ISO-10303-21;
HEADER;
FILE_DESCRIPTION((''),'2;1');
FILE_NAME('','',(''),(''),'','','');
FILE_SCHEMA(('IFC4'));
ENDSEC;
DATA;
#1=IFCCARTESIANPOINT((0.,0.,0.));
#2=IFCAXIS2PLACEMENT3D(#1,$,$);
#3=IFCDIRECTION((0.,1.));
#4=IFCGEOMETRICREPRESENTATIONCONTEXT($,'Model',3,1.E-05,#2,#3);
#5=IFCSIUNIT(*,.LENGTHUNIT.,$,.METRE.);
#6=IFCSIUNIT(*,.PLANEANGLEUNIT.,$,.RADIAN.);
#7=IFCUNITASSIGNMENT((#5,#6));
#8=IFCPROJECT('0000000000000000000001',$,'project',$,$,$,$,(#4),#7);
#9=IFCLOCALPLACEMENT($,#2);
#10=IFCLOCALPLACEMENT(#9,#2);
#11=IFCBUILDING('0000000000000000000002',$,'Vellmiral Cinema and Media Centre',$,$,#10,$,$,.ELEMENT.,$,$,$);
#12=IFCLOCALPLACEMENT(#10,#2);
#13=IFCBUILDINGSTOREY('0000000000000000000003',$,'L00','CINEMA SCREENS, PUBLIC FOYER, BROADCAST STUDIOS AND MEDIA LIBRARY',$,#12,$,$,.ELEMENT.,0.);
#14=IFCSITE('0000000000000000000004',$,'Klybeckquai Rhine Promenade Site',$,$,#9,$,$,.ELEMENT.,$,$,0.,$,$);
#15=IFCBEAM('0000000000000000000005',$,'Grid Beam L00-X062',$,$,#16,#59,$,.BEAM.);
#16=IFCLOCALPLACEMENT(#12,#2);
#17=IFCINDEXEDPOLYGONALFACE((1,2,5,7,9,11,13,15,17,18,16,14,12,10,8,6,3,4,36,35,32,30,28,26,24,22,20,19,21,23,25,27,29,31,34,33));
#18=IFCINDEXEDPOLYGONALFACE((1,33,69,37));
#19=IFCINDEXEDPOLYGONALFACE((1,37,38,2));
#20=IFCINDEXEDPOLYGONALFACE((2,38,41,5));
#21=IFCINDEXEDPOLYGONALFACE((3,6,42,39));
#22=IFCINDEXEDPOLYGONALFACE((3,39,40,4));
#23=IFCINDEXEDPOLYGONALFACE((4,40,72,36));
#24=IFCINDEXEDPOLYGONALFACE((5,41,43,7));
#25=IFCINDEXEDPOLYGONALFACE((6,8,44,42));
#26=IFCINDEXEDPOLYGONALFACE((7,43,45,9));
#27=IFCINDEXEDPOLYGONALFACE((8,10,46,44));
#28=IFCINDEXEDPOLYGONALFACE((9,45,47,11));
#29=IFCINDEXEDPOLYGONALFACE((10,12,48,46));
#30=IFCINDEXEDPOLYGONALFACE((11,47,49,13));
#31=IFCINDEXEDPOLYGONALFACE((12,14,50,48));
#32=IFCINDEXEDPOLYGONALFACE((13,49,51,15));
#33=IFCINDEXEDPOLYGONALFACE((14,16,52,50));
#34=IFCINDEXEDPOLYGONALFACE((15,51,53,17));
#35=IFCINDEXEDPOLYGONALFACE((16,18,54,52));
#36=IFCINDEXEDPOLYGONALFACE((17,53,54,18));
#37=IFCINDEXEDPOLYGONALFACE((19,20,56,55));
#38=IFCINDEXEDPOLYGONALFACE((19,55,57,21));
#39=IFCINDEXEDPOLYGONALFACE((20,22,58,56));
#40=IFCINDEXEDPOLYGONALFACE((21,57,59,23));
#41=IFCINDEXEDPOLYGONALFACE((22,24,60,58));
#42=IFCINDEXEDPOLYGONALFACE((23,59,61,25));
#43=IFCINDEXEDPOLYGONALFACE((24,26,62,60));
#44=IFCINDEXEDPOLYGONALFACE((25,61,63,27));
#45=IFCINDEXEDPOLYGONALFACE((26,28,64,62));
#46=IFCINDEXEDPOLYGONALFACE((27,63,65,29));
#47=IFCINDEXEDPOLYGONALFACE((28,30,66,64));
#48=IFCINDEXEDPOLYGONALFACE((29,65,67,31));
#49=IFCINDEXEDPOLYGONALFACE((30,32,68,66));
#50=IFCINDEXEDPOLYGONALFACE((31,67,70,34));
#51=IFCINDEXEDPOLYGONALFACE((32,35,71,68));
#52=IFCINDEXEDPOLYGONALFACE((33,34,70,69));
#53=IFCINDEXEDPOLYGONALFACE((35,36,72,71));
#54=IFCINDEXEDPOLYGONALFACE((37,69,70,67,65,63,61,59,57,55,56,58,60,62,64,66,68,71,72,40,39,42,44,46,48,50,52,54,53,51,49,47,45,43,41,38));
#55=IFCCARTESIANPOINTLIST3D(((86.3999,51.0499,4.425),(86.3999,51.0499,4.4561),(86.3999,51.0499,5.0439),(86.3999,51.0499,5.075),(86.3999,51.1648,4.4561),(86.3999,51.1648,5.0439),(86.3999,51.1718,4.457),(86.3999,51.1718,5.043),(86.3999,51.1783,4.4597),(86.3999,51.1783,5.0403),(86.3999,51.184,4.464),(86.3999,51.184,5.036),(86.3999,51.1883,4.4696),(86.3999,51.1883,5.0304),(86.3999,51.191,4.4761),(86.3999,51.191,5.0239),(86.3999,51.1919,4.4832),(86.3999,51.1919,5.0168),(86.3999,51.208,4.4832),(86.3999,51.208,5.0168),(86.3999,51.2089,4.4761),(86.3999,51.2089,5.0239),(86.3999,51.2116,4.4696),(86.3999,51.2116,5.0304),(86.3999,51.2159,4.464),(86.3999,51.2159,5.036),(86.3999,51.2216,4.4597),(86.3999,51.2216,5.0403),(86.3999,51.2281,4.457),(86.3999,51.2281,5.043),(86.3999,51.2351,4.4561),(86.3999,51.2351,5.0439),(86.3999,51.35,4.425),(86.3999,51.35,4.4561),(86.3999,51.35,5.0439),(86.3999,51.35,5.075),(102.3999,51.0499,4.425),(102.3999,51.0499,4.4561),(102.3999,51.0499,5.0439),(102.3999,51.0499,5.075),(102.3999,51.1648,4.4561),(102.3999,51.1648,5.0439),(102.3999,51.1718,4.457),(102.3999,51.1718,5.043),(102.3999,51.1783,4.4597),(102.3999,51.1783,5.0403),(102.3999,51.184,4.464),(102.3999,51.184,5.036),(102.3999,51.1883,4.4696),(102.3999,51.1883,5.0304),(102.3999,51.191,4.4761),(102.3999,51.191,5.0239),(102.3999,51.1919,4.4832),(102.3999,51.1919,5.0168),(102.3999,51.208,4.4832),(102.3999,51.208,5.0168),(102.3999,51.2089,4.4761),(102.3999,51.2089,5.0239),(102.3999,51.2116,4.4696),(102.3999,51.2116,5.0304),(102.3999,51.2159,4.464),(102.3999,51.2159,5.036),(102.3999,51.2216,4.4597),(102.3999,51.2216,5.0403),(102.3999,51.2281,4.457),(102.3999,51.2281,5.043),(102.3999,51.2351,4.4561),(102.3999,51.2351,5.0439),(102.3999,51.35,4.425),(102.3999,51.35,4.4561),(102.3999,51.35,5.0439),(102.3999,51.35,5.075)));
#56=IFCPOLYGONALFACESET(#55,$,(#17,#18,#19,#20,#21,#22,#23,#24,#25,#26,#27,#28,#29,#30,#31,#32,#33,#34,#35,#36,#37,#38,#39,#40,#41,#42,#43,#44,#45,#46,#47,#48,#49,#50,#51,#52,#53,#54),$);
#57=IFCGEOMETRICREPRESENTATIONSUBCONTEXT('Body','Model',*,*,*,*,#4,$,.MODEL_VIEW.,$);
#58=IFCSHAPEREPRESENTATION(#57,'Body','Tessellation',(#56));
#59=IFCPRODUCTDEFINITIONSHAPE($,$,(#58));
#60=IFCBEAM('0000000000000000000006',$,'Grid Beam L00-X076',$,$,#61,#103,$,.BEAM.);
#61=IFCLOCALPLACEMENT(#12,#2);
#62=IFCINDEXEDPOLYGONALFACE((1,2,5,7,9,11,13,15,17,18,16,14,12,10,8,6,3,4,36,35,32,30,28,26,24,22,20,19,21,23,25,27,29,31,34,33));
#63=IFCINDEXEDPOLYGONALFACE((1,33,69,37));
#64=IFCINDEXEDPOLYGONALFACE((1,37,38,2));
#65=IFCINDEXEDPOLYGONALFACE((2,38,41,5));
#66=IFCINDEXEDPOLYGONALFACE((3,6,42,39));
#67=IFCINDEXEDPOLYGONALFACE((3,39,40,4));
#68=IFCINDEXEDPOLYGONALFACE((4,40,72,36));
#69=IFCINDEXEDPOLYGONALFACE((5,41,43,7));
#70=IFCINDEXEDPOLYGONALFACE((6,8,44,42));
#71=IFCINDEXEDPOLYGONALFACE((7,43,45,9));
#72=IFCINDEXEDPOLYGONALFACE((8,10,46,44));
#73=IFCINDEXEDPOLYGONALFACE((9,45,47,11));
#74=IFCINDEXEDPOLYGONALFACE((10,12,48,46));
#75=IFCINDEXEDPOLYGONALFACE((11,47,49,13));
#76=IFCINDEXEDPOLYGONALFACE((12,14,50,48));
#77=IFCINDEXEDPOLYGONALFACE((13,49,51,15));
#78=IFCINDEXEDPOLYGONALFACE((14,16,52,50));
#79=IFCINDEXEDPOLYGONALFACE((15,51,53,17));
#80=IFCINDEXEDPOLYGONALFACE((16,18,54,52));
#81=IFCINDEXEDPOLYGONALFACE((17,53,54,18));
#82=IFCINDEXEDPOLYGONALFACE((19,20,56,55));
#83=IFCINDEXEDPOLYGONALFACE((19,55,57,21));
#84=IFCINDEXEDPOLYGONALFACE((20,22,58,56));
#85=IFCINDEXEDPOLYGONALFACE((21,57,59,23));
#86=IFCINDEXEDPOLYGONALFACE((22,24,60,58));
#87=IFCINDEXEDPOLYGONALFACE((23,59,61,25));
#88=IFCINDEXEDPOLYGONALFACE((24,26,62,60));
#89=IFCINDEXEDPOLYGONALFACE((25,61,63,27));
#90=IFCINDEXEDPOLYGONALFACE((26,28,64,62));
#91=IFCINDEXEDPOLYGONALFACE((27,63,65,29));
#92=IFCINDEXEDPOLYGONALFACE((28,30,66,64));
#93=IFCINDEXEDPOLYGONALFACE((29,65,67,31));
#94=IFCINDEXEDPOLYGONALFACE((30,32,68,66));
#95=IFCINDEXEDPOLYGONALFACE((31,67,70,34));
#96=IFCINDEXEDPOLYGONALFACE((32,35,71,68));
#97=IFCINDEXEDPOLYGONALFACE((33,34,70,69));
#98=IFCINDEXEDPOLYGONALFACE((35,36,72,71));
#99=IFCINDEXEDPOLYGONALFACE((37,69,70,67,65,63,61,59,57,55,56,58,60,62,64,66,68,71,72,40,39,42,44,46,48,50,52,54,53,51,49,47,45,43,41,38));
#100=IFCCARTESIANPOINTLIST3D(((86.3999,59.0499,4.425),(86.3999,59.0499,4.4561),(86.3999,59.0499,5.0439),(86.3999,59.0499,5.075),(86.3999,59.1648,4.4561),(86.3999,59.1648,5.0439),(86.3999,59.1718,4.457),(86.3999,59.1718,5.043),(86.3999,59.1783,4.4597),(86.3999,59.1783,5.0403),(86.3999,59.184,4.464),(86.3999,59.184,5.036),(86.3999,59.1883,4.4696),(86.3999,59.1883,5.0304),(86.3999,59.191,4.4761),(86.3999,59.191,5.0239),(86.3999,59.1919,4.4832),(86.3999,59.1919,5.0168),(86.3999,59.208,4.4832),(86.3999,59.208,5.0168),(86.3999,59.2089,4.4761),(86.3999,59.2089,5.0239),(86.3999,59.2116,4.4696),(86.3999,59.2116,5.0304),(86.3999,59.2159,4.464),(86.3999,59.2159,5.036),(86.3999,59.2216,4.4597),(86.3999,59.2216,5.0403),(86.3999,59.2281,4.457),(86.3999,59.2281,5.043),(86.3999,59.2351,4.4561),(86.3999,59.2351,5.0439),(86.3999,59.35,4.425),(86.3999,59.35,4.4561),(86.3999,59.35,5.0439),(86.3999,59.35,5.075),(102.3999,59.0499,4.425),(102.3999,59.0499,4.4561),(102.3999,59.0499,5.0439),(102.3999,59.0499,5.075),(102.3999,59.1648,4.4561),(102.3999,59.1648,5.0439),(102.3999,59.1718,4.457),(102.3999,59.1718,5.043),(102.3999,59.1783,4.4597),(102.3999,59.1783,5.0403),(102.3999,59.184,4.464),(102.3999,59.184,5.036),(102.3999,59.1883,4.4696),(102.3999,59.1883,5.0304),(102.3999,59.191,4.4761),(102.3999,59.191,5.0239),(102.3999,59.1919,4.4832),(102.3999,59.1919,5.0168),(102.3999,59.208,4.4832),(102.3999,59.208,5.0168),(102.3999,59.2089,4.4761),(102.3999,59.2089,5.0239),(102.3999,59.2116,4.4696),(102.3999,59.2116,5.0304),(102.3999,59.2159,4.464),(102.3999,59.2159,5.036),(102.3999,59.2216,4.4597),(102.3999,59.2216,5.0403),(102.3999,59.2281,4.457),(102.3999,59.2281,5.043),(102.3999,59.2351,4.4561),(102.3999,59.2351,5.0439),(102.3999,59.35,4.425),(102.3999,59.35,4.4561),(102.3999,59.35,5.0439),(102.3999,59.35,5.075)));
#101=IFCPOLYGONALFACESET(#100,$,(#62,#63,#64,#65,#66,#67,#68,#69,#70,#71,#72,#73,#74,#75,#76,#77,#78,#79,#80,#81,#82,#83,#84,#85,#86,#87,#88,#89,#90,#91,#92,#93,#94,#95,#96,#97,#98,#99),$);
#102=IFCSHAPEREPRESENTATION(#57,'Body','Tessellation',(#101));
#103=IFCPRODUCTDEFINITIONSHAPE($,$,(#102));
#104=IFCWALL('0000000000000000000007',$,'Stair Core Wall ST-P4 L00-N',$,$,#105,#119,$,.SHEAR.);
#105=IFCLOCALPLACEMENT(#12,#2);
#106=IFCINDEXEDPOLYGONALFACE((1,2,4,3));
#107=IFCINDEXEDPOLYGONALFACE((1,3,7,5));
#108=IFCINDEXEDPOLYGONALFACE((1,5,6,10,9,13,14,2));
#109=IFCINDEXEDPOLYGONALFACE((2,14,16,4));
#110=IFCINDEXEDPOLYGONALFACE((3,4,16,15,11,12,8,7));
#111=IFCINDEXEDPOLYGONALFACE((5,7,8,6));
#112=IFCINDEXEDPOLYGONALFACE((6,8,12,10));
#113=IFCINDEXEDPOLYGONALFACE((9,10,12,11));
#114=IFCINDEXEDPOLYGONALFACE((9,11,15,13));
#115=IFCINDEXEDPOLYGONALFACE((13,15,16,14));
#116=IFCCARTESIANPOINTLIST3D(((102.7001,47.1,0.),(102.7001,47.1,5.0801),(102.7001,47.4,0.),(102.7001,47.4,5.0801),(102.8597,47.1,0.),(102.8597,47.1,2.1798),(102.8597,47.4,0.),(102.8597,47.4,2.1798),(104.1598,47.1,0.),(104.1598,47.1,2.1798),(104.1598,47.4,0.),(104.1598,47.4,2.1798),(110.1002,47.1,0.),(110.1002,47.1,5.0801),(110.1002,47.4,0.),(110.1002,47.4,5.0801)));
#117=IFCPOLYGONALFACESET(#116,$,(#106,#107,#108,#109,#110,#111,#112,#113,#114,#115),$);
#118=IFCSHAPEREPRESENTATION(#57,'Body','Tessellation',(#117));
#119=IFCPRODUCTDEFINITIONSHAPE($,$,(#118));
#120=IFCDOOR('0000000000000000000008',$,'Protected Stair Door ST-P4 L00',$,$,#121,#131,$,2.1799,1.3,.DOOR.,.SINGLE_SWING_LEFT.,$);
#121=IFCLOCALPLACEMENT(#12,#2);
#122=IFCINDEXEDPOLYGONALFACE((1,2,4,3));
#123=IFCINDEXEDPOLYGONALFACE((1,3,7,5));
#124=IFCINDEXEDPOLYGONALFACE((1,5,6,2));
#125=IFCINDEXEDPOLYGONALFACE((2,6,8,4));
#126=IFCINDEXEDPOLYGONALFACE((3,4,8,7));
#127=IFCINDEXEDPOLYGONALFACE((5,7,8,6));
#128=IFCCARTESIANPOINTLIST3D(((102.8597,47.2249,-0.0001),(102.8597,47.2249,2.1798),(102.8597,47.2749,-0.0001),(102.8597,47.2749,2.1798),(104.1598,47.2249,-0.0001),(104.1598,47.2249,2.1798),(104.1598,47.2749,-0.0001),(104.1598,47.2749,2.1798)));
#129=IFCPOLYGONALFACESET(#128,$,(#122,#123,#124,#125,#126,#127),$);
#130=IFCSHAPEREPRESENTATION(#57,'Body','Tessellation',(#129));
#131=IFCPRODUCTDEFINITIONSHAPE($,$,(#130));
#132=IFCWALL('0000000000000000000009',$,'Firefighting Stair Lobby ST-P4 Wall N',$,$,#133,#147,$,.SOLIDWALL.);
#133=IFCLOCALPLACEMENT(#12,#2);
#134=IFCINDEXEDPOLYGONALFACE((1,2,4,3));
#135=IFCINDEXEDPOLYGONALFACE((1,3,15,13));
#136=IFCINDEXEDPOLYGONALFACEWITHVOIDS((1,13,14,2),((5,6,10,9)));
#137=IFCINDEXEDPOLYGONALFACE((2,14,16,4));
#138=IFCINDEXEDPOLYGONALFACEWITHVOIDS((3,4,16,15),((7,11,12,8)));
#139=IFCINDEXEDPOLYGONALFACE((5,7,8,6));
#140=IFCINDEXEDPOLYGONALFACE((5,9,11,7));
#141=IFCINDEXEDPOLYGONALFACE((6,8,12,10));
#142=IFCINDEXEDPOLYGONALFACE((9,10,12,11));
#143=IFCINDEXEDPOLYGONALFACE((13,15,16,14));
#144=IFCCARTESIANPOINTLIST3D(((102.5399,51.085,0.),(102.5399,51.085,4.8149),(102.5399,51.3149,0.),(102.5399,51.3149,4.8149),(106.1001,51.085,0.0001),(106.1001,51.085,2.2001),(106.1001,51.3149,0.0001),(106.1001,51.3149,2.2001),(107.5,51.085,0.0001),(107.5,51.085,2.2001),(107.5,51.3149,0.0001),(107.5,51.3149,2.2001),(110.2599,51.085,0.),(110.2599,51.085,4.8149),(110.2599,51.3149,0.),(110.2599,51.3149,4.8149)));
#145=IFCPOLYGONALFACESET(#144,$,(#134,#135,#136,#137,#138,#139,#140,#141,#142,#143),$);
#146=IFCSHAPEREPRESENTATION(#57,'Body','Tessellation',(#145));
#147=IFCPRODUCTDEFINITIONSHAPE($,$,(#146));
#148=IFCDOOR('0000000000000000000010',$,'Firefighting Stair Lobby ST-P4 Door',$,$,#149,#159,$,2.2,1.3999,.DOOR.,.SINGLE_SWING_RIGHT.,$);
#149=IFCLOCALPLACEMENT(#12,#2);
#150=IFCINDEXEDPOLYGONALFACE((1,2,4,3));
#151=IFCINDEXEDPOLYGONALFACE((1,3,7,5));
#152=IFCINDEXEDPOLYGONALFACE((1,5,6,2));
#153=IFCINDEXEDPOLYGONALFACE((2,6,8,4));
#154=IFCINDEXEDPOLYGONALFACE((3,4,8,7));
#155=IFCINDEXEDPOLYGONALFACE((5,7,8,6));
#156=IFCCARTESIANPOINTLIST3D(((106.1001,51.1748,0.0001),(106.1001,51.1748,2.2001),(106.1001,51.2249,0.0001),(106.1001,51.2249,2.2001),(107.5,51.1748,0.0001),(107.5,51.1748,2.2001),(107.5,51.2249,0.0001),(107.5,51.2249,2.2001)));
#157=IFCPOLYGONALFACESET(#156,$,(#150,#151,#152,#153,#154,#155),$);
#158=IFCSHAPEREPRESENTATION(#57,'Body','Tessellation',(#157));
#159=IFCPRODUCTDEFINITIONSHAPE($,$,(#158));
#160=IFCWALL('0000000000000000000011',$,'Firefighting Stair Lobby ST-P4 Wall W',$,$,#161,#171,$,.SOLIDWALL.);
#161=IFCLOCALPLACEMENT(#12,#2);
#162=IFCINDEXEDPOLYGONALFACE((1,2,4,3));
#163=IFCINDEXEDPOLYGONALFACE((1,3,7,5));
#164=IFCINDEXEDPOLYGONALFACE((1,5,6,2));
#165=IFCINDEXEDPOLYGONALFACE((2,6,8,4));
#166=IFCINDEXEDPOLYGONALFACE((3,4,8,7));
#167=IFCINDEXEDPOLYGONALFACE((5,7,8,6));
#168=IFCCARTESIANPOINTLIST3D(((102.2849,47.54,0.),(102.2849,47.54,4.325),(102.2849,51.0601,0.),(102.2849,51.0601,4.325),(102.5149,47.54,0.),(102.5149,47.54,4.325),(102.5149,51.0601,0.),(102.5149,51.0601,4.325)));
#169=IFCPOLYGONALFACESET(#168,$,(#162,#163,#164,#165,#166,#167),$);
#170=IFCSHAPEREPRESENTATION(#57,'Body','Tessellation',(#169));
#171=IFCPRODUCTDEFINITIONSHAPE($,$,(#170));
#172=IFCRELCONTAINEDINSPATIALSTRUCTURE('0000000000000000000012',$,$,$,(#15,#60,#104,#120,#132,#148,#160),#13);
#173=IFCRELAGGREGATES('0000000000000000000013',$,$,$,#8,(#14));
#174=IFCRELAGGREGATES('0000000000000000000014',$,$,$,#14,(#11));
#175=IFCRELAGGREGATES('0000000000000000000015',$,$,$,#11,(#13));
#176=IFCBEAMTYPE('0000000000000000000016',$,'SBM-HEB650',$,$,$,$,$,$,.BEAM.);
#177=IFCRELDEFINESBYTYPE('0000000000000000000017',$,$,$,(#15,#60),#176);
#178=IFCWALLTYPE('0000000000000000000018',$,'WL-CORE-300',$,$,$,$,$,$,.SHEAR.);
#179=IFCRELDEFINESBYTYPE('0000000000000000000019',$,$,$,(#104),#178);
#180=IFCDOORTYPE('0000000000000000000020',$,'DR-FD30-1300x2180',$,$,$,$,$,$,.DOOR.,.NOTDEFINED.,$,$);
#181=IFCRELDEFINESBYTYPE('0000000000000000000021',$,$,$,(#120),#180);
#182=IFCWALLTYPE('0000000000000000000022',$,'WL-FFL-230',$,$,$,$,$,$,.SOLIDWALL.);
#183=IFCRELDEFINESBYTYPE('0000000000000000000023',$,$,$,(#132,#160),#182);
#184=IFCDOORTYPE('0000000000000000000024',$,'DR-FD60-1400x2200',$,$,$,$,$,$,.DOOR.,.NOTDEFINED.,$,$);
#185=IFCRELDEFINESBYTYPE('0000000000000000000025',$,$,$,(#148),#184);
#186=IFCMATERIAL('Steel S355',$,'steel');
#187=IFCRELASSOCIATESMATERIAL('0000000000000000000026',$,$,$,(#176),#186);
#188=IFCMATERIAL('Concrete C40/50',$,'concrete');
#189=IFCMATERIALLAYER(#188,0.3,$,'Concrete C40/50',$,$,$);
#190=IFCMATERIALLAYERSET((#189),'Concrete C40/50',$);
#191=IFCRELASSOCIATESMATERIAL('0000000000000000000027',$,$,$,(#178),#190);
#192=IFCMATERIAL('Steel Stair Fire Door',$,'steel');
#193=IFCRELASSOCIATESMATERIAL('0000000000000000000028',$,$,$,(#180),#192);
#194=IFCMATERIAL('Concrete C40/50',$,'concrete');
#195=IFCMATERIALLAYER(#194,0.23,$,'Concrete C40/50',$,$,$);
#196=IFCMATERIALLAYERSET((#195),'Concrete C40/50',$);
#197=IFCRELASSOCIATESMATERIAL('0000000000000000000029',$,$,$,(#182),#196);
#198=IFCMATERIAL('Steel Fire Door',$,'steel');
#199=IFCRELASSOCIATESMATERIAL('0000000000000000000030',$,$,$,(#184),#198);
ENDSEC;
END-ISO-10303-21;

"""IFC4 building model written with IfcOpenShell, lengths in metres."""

from ifc_helpers import new_model, si_unit, direction, frame, frame_2d, origin, origin_2d, place, context, subcontext, project, spatial, rectangle, i_section, extrude, material, layer, layer_set, material_profile, profile_set, type_object, element, fill, save


model = new_model("IFC4")

# Units and contexts
model_context = context("Model", 3, precision=1e-05, world=origin(), true_north=direction((0.0, 1.0)))
body_context = subcontext(model_context, "Body", "Model", "MODEL_VIEW")
ifc_project = project(units=[si_unit("LENGTHUNIT", "METRE"), si_unit("PLANEANGLEUNIT", "RADIAN")], contexts=[model_context])

# Site, building, storey
site_placement = place(None, origin())
site = spatial("IfcSite", under=ifc_project, at=site_placement, Name="Klybeckquai Rhine Promenade Site", CompositionType="ELEMENT", RefElevation=0.0)
building_placement = place(site_placement, origin())
building = spatial("IfcBuilding", under=site, at=building_placement, Name="Vellmiral Cinema and Media Centre", CompositionType="ELEMENT")
storey_placement = place(building_placement, origin())
storey = spatial("IfcBuildingStorey", under=building, at=storey_placement, Name="L00", Description="CINEMA SCREENS, PUBLIC FOYER, BROADCAST STUDIOS AND MEDIA LIBRARY", CompositionType="ELEMENT", Elevation=0.0)

# Beams
ifc_material_1 = material(Name="Steel S355", Category="steel")
ifc_material_profile_1 = material_profile(ifc_material_1, i_section(OverallWidth=0.3, OverallDepth=0.6499, WebThickness=0.0161, FlangeThickness=0.031, FilletRadius=0.0271, at=origin_2d()), Name="HEB 650")
ifc_profile_set_1 = profile_set([ifc_material_profile_1], Name="Steel S355")
beam_type_1 = type_object("IfcBeamType", Name="SBM-HEB650", PredefinedType="BEAM", material=ifc_profile_set_1)
for number, where, z_axis, x_axis, name in (
    (1, (86.3999, 51.2, 4.75), (1.0, 0.0, 0.0), (0.0, 1.0, 0.0), "Grid Beam L00-X062"),
    (2, (86.3999, 59.2, 4.75), (1.0, 0.0, 0.0), (0.0, 1.0, 0.0), "Grid Beam L00-X076"),
):
    element("IfcBeam", number, at=place(storey_placement, frame(where, z_axis=z_axis, x_axis=x_axis)), inside=storey, type_object=beam_type_1, Name=name, PredefinedType="BEAM", context=body_context, shape_type="SweptSolid", body=[
        extrude(i_section(OverallWidth=0.3, OverallDepth=0.6499, WebThickness=0.0161, FlangeThickness=0.031, FilletRadius=0.0271, at=origin_2d()), origin(), (0.0, 0.0, 1.0), 16.0),
    ])

# Walls, openings, doors
ifc_material_2 = material(Name="Concrete C40/50", Category="concrete")
ifc_layer_1 = layer(ifc_material_2, 0.3, Name="Concrete C40/50")
ifc_layer_set_1 = layer_set([ifc_layer_1], Name="Concrete C40/50")
wall_type_1 = type_object("IfcWallType", Name="WL-CORE-300", PredefinedType="SHEAR", material=ifc_layer_set_1)
wall_1_placement = place(storey_placement, frame((102.7, 47.25, 0.0), z_axis=(0.0, 0.0, 1.0), x_axis=(1.0, 0.0, 0.0)))
wall_1 = element("IfcWall", 3, at=wall_1_placement, inside=storey, type_object=wall_type_1, Name="Stair Core Wall ST-P4 L00-N", PredefinedType="SHEAR", context=body_context, shape_type="SweptSolid", body=[
    extrude(rectangle(XDim=7.4001, YDim=0.3, at=frame_2d((3.7002, 0.0))), origin(), (0.0, 0.0, 1.0), 5.0801),
])
opening_1_placement = place(wall_1_placement, frame((0.1599, 0.0, 0.0)))
opening_1 = element("IfcOpeningElement", 4, at=opening_1_placement, cuts=wall_1, PredefinedType="OPENING", context=body_context, shape_type="SweptSolid", body=[
    extrude(rectangle(XDim=1.3, YDim=2.1799, at=frame_2d((0.6499, 1.0898))), frame((0.0, 0.1621, 0.0), z_axis=(0.0, -1.0, 0.0), x_axis=(1.0, 0.0, 0.0)), (0.0, 0.0, 1.0), 0.324),
])
ifc_material_3 = material(Name="Steel Stair Fire Door", Category="steel")
door_type_1 = type_object("IfcDoorType", Name="DR-FD30-1300x2180", OperationType="NOTDEFINED", PredefinedType="DOOR", material=ifc_material_3)
door_1_placement = place(opening_1_placement, origin())
door_1 = element("IfcDoor", 5, at=door_1_placement, inside=storey, type_object=door_type_1, Name="Protected Stair Door ST-P4 L00", OperationType="SINGLE_SWING_LEFT", OverallHeight=2.1799, OverallWidth=1.3, PredefinedType="DOOR", context=body_context, shape_type="SweptSolid", body=[
    extrude(rectangle(XDim=1.3, YDim=2.1799, at=frame_2d((0.6499, 1.0898))), frame((0.0, 0.0249, 0.0), z_axis=(0.0, -1.0, 0.0), x_axis=(1.0, 0.0, 0.0)), (0.0, 0.0, 1.0), 0.05),
])
fill(opening_1, door_1)
ifc_material_4 = material(Name="Concrete C40/50", Category="concrete")
ifc_layer_2 = layer(ifc_material_4, 0.23, Name="Concrete C40/50")
ifc_layer_set_2 = layer_set([ifc_layer_2], Name="Concrete C40/50")
wall_type_2 = type_object("IfcWallType", Name="WL-FFL-230", PredefinedType="SOLIDWALL", material=ifc_layer_set_2)
wall_2_placement = place(storey_placement, frame((102.54, 51.2, 0.0), z_axis=(0.0, 0.0, 1.0), x_axis=(1.0, 0.0, 0.0)))
wall_2 = element("IfcWall", 6, at=wall_2_placement, inside=storey, type_object=wall_type_2, Name="Firefighting Stair Lobby ST-P4 Wall N", PredefinedType="SOLIDWALL", context=body_context, shape_type="SweptSolid", body=[
    extrude(rectangle(XDim=7.72, YDim=0.23, at=frame_2d((3.8599, 0.0))), origin(), (0.0, 0.0, 1.0), 4.8149),
])
opening_2_placement = place(wall_2_placement, frame((3.5601, 0.0, 0.0)))
opening_2 = element("IfcOpeningElement", 7, at=opening_2_placement, cuts=wall_2, PredefinedType="OPENING", context=body_context, shape_type="SweptSolid", body=[
    extrude(rectangle(XDim=1.3999, YDim=2.2, at=frame_2d((0.7, 1.1001))), frame((0.0, 0.127, 0.0), z_axis=(0.0, -1.0, 0.0), x_axis=(1.0, 0.0, 0.0)), (0.0, 0.0, 1.0), 0.2539),
])
ifc_material_5 = material(Name="Steel Fire Door", Category="steel")
door_type_2 = type_object("IfcDoorType", Name="DR-FD60-1400x2200", OperationType="NOTDEFINED", PredefinedType="DOOR", material=ifc_material_5)
door_2_placement = place(opening_2_placement, origin())
door_2 = element("IfcDoor", 8, at=door_2_placement, inside=storey, type_object=door_type_2, Name="Firefighting Stair Lobby ST-P4 Door", OperationType="SINGLE_SWING_RIGHT", OverallHeight=2.2, OverallWidth=1.3999, PredefinedType="DOOR", context=body_context, shape_type="SweptSolid", body=[
    extrude(rectangle(XDim=1.3999, YDim=2.2, at=frame_2d((0.7, 1.1001))), frame((0.0, 0.0249, 0.0), z_axis=(0.0, -1.0, 0.0), x_axis=(1.0, 0.0, 0.0)), (0.0, 0.0, 1.0), 0.05),
])
fill(opening_2, door_2)

# Wall
wall_3_placement = place(storey_placement, frame((102.3999, 47.54, 0.0), z_axis=(0.0, 0.0, 1.0), x_axis=(0.0, 1.0, 0.0)))
element("IfcWall", 9, at=wall_3_placement, inside=storey, type_object=wall_type_2, Name="Firefighting Stair Lobby ST-P4 Wall W", PredefinedType="SOLIDWALL", context=body_context, shape_type="SweptSolid", body=[
    extrude(rectangle(XDim=3.52, YDim=0.23, at=frame_2d((1.76, 0.0))), origin(), (0.0, 0.0, 1.0), 4.325),
])

save(model, "model.ifc")
